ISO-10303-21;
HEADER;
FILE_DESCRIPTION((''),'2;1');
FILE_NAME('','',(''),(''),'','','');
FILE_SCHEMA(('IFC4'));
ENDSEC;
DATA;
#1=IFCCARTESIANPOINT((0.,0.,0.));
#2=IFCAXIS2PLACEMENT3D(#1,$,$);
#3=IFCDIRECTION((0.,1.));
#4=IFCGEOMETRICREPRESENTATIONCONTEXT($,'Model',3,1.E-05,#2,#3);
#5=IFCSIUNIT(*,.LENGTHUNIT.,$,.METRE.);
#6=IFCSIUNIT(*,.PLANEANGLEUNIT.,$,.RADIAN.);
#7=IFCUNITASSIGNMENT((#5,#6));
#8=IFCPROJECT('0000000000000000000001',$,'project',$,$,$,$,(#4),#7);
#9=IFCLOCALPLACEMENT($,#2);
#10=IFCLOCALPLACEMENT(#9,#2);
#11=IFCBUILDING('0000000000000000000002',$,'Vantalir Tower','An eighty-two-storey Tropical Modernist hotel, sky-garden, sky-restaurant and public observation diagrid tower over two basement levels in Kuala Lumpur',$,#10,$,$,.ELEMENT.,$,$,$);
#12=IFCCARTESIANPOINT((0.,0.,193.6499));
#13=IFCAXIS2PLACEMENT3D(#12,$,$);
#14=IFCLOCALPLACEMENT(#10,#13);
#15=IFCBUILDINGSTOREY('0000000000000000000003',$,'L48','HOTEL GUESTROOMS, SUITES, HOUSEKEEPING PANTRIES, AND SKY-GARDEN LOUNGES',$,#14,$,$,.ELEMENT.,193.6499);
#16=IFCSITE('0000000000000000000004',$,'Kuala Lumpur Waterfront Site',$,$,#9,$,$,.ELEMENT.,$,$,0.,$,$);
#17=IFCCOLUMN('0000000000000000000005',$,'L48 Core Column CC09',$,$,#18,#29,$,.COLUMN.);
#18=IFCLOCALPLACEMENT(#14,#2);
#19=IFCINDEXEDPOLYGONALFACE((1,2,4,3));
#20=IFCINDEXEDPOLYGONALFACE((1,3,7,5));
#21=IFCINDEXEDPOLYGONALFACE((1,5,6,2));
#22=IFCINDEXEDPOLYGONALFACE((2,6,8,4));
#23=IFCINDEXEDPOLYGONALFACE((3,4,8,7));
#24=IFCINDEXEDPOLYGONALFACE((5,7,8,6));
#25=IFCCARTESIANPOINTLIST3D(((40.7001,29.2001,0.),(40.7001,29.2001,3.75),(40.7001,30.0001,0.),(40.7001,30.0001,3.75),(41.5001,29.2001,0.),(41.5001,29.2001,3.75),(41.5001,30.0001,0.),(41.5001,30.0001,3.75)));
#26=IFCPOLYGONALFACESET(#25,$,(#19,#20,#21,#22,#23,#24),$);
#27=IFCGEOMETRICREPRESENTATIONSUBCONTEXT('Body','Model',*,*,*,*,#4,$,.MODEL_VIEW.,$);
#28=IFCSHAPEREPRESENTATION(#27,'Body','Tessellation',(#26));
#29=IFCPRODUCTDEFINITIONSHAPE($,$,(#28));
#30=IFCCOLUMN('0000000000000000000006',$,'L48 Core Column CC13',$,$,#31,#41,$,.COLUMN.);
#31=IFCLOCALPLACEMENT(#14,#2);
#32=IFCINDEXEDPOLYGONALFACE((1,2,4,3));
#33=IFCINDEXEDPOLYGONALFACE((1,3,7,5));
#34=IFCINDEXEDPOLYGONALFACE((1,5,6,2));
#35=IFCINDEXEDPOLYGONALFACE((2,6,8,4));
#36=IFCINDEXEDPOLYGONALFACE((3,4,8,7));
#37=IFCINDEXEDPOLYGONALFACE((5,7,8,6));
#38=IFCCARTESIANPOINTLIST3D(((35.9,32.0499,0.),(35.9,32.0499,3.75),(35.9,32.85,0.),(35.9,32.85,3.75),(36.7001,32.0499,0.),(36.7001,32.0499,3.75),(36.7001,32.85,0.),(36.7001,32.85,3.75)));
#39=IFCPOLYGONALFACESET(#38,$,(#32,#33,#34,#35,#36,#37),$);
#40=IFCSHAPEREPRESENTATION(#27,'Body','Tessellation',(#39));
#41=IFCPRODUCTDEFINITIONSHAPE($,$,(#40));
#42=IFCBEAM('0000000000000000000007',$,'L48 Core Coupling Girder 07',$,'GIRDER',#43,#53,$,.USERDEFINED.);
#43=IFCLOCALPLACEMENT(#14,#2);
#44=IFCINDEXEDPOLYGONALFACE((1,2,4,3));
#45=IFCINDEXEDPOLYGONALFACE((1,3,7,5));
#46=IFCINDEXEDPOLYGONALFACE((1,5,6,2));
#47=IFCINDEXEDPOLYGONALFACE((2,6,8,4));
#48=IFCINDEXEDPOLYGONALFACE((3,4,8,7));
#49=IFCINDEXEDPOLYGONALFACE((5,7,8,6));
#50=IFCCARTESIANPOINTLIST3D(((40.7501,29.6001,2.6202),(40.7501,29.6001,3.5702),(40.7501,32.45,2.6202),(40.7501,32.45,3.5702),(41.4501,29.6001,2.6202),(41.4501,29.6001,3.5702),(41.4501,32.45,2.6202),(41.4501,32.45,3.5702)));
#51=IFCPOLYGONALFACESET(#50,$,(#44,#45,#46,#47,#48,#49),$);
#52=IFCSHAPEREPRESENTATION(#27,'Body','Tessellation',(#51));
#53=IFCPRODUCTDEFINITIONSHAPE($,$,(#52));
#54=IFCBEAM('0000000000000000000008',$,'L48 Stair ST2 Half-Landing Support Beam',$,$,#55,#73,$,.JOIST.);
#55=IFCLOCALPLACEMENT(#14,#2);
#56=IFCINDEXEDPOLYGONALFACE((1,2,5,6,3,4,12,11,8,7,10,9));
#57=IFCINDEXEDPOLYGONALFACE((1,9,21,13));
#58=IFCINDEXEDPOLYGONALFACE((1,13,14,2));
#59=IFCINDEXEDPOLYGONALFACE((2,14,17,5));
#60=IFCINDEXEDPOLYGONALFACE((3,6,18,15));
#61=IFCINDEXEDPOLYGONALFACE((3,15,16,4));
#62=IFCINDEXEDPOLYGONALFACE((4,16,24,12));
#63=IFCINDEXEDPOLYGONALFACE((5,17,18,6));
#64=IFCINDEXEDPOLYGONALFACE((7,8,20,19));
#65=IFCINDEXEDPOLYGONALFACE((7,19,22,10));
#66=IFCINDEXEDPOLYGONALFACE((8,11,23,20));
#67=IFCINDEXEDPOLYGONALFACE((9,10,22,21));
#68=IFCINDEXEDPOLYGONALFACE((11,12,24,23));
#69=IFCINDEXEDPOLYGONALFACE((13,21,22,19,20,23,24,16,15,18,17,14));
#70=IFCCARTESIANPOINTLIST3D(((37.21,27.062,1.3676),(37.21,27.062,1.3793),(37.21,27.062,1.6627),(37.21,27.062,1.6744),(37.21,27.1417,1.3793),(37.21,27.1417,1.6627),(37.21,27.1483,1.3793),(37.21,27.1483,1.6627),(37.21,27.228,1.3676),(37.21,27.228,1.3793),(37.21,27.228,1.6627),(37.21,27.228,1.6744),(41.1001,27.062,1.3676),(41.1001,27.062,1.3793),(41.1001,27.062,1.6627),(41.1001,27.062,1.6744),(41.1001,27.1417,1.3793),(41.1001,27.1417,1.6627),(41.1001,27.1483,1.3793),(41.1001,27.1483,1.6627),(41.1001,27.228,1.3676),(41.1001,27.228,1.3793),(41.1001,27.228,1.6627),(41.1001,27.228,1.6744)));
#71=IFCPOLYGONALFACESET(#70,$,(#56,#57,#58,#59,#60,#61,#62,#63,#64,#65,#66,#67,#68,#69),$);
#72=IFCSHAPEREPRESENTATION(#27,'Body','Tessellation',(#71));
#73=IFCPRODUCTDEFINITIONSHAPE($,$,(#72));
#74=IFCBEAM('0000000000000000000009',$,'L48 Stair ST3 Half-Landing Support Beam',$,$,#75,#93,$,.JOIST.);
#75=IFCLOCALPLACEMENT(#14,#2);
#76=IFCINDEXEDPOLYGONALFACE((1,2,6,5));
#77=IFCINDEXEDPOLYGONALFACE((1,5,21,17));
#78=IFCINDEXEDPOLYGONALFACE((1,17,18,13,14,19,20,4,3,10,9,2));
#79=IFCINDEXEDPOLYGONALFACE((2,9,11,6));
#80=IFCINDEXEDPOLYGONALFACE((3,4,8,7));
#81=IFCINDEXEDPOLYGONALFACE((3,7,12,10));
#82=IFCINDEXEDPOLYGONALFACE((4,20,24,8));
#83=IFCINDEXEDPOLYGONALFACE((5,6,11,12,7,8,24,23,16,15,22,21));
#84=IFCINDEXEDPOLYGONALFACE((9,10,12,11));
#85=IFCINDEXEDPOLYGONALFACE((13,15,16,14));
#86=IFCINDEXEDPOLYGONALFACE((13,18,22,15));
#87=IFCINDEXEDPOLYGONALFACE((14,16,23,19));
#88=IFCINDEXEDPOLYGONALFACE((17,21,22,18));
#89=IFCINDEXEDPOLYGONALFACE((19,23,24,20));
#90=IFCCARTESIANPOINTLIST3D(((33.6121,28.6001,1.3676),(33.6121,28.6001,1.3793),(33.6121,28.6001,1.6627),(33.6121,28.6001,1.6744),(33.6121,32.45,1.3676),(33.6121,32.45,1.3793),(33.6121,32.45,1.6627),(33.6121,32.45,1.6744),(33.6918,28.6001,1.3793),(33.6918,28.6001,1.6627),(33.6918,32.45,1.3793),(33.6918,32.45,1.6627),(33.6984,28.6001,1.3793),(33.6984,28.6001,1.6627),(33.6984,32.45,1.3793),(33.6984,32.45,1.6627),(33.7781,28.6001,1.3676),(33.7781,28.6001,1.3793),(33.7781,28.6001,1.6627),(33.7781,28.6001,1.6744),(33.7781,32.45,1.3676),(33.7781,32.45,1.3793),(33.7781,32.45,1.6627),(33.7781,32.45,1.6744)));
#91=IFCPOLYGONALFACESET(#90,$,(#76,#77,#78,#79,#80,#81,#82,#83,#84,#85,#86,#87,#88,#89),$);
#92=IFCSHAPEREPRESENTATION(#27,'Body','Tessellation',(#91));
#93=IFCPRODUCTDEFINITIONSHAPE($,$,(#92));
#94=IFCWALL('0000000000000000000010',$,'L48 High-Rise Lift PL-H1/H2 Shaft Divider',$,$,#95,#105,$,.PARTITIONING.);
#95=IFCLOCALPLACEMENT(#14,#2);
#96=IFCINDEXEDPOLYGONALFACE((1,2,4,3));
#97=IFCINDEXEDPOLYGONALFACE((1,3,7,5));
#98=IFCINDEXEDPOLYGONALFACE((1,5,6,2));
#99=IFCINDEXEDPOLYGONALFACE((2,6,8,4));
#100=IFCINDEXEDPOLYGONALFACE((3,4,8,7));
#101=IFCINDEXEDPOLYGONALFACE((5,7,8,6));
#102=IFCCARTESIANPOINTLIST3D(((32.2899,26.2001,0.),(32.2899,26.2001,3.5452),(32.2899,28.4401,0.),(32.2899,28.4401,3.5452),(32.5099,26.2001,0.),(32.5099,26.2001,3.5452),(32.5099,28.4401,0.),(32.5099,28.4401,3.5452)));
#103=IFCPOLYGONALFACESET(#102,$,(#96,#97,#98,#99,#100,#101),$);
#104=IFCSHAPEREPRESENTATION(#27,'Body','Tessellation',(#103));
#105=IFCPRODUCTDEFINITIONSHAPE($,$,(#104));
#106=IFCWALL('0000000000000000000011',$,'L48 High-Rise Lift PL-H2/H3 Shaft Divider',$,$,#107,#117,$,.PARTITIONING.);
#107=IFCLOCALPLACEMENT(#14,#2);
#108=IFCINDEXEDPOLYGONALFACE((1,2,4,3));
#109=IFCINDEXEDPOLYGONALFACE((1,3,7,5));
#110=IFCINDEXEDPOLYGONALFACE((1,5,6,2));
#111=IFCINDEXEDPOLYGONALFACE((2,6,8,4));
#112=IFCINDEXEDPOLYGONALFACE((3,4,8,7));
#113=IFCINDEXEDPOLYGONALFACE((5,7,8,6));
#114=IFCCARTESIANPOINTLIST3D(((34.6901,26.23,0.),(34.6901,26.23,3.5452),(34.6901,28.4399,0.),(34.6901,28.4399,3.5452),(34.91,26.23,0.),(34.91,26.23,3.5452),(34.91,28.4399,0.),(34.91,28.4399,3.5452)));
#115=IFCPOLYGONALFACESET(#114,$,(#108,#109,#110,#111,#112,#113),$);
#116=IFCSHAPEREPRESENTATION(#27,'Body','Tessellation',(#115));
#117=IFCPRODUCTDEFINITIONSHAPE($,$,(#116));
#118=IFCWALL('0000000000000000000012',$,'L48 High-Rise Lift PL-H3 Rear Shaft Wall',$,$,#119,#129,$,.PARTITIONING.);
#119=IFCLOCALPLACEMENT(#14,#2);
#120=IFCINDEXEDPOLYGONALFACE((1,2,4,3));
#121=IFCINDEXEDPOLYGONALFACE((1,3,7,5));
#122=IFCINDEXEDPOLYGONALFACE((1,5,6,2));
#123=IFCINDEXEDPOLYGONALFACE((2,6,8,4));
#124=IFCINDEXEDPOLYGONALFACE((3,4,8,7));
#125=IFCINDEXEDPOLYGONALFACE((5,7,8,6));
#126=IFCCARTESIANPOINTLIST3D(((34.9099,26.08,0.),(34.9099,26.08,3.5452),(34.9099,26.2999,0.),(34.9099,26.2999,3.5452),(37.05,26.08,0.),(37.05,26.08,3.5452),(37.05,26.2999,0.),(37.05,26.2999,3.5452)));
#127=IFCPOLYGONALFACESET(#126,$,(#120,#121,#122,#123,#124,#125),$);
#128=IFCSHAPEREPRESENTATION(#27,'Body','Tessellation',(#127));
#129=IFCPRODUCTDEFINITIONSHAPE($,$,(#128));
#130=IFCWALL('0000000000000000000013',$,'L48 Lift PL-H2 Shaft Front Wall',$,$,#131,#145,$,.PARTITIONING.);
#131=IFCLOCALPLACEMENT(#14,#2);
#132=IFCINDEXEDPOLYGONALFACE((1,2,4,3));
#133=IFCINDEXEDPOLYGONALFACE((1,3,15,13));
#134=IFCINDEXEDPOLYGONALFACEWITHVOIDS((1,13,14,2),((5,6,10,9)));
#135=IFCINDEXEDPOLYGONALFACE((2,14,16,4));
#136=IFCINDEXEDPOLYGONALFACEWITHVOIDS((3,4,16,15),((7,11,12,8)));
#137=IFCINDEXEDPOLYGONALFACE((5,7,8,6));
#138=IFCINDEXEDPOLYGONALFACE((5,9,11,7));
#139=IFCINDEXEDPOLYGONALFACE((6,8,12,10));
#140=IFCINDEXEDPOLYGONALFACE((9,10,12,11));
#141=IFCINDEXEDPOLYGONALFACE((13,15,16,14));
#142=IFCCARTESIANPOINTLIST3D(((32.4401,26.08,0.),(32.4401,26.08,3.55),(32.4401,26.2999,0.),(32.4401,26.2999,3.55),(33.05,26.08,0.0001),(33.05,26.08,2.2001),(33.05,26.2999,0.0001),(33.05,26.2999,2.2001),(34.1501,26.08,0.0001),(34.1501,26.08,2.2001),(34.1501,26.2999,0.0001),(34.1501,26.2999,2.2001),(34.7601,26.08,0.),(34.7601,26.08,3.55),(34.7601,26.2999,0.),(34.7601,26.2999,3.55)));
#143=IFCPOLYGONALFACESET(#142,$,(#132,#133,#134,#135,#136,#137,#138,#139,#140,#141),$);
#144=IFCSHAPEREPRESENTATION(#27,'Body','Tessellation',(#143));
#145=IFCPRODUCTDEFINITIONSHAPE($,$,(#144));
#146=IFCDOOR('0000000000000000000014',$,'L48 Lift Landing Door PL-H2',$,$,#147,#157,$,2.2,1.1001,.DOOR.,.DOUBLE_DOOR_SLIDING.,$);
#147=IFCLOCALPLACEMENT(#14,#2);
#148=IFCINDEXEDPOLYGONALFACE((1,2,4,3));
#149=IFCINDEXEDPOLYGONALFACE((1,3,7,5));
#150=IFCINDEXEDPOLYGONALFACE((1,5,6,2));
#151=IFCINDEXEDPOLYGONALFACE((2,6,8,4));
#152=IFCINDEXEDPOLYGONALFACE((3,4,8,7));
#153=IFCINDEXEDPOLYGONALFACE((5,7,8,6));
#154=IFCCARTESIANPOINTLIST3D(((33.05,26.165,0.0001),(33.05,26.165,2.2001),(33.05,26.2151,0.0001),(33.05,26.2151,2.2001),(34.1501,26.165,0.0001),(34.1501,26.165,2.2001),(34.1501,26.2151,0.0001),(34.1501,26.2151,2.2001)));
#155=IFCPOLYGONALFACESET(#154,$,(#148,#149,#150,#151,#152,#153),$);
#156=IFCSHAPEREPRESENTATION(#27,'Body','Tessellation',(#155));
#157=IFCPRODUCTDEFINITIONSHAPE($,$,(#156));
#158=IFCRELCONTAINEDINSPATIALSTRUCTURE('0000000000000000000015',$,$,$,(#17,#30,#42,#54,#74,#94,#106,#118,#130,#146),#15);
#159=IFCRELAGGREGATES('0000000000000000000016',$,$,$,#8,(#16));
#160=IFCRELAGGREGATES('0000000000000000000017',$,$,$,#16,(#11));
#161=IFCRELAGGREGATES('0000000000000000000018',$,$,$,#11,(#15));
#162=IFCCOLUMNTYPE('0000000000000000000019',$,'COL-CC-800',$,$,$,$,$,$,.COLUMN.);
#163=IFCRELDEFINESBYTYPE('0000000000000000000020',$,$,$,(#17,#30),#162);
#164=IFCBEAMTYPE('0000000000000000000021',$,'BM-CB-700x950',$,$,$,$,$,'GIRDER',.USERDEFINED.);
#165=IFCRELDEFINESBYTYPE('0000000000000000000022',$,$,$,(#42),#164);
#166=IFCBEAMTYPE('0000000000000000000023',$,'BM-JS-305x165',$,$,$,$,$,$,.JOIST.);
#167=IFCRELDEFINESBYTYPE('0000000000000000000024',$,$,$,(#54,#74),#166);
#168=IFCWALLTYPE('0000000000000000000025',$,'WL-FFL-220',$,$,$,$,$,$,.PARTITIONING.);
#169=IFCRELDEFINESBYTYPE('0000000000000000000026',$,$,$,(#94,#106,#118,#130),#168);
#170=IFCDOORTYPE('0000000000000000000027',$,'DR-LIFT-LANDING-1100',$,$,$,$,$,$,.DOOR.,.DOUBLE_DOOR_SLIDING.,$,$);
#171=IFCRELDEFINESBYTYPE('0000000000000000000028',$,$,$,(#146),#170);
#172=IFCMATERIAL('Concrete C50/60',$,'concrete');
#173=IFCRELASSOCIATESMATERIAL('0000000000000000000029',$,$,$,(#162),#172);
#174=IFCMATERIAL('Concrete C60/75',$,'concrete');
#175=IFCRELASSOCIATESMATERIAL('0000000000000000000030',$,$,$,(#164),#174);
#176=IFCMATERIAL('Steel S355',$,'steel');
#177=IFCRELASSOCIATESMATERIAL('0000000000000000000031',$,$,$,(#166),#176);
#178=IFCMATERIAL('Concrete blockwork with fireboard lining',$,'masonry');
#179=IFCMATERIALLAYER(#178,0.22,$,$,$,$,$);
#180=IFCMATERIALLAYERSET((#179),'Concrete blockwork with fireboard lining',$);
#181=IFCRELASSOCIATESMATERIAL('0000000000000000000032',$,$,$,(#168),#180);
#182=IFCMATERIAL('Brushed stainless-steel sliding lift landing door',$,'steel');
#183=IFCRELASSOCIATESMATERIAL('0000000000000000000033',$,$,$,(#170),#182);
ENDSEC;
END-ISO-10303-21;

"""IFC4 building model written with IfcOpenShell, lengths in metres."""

from ifc_helpers import new_model, si_unit, direction, frame, frame_2d, origin, origin_2d, place, context, subcontext, project, spatial, rectangle, i_section, extrude, material, layer, layer_set, material_profile, profile_set, type_object, element, fill, save


model = new_model("IFC4")

# Units and contexts
model_context = context("Model", 3, precision=1e-05, world=origin(), true_north=direction((0.0, 1.0)))
body_context = subcontext(model_context, "Body", "Model", "MODEL_VIEW")
ifc_project = project(units=[si_unit("LENGTHUNIT", "METRE"), si_unit("PLANEANGLEUNIT", "RADIAN")], contexts=[model_context])

# Site, building, storey
site_placement = place(None, origin())
site = spatial("IfcSite", under=ifc_project, at=site_placement, Name="Kuala Lumpur Waterfront Site", CompositionType="ELEMENT", RefElevation=0.0)
building_placement = place(site_placement, origin())
building = spatial("IfcBuilding", under=site, at=building_placement, Name="Vantalir Tower", Description="An eighty-two-storey Tropical Modernist hotel, sky-garden, sky-restaurant and public observation diagrid tower over two basement levels in Kuala Lumpur", CompositionType="ELEMENT")
storey_placement = place(building_placement, frame((0.0, 0.0, 193.6499)))
storey = spatial("IfcBuildingStorey", under=building, at=storey_placement, Name="L48", Description="HOTEL GUESTROOMS, SUITES, HOUSEKEEPING PANTRIES, AND SKY-GARDEN LOUNGES", CompositionType="ELEMENT", Elevation=193.6499)

# Columns
ifc_material_1 = material(Name="Concrete C50/60", Category="concrete")
ifc_material_profile_1 = material_profile(ifc_material_1, rectangle(XDim=0.8, YDim=0.8, at=origin_2d()), Name="Concrete C50/60")
ifc_profile_set_1 = profile_set([ifc_material_profile_1], Name="Concrete C50/60")
column_type = type_object("IfcColumnType", Name="COL-CC-800", PredefinedType="COLUMN", material=ifc_profile_set_1)
for number, where, z_axis, x_axis, name in (
    (1, (41.1001, 29.6001, 0.0), (0.0, 0.0, 1.0), (1.0, 0.0, 0.0), "L48 Core Column CC09"),
    (2, (36.3, 32.45, 0.0), (0.0, 0.0, 1.0), (1.0, 0.0, 0.0), "L48 Core Column CC13"),
):
    element("IfcColumn", number, at=place(storey_placement, frame(where, z_axis=z_axis, x_axis=x_axis)), inside=storey, type_object=column_type, Name=name, PredefinedType="COLUMN", context=body_context, shape_type="SweptSolid", body=[
        extrude(rectangle(XDim=0.8, YDim=0.8, at=origin_2d()), origin(), (0.0, 0.0, 1.0), 3.75),
    ])

# Beams
ifc_material_2 = material(Name="Concrete C60/75", Category="concrete")
ifc_material_profile_2 = material_profile(ifc_material_2, rectangle(XDim=0.7, YDim=0.95, at=origin_2d()), Name="Concrete C60/75")
ifc_profile_set_2 = profile_set([ifc_material_profile_2], Name="Concrete C60/75")
beam_type_1 = type_object("IfcBeamType", Name="BM-CB-700x950", ElementType="GIRDER", PredefinedType="USERDEFINED", material=ifc_profile_set_2)
beam_1_placement = place(storey_placement, frame((41.1001, 29.6001, 3.0952), z_axis=(0.0, 1.0, 0.0), x_axis=(-1.0, 0.0, 0.0)))
element("IfcBeam", 3, at=beam_1_placement, inside=storey, type_object=beam_type_1, Name="L48 Core Coupling Girder 07", ObjectType="GIRDER", PredefinedType="USERDEFINED", context=body_context, shape_type="SweptSolid", body=[
    extrude(rectangle(XDim=0.7, YDim=0.95, at=origin_2d()), origin(), (0.0, 0.0, 1.0), 2.8499),
])
ifc_material_3 = material(Name="Steel S355", Category="steel")
ifc_material_profile_3 = material_profile(ifc_material_3, i_section(OverallWidth=0.166, OverallDepth=0.3069, WebThickness=0.0066, FlangeThickness=0.0117, at=origin_2d()), Name="Steel S355")
ifc_profile_set_3 = profile_set([ifc_material_profile_3], Name="Steel S355")
beam_type_2 = type_object("IfcBeamType", Name="BM-JS-305x165", PredefinedType="JOIST", material=ifc_profile_set_3)
beam_2_placement = place(storey_placement, frame((37.21, 27.145, 1.521), z_axis=(1.0, 0.0, 0.0), x_axis=(0.0, 1.0, 0.0)))
element("IfcBeam", 4, at=beam_2_placement, inside=storey, type_object=beam_type_2, Name="L48 Stair ST2 Half-Landing Support Beam", PredefinedType="JOIST", context=body_context, shape_type="SweptSolid", body=[
    extrude(i_section(OverallWidth=0.166, OverallDepth=0.3069, WebThickness=0.0066, FlangeThickness=0.0117, at=origin_2d()), origin(), (0.0, 0.0, 1.0), 3.8901),
])
beam_3_placement = place(storey_placement, frame((33.6951, 28.6001, 1.521), z_axis=(0.0, 1.0, 0.0), x_axis=(-1.0, 0.0, 0.0)))
element("IfcBeam", 5, at=beam_3_placement, inside=storey, type_object=beam_type_2, Name="L48 Stair ST3 Half-Landing Support Beam", PredefinedType="JOIST", context=body_context, shape_type="SweptSolid", body=[
    extrude(i_section(OverallWidth=0.166, OverallDepth=0.3069, WebThickness=0.0066, FlangeThickness=0.0117, at=origin_2d()), origin(), (0.0, 0.0, 1.0), 3.8499),
])

# Walls
ifc_material_4 = material(Name="Concrete blockwork with fireboard lining", Category="masonry")
ifc_layer_1 = layer(ifc_material_4, 0.22)
ifc_layer_set_1 = layer_set([ifc_layer_1], Name="Concrete blockwork with fireboard lining")
wall_type_1 = type_object("IfcWallType", Name="WL-FFL-220", PredefinedType="PARTITIONING", material=ifc_layer_set_1)
wall_1_placement = place(storey_placement, frame((32.3999, 26.2, 0.0), z_axis=(0.0, 0.0, 1.0), x_axis=(0.0, 1.0, 0.0)))
element("IfcWall", 6, at=wall_1_placement, inside=storey, type_object=wall_type_1, Name="L48 High-Rise Lift PL-H1/H2 Shaft Divider", PredefinedType="PARTITIONING", context=body_context, shape_type="SweptSolid", body=[
    extrude(rectangle(XDim=2.24, YDim=0.22, at=frame_2d((1.1201, 0.0))), origin(), (0.0, 0.0, 1.0), 3.5452),
])
wall_2_placement = place(storey_placement, frame((34.8, 26.23, 0.0), z_axis=(0.0, 0.0, 1.0), x_axis=(0.0, 1.0, 0.0)))
element("IfcWall", 7, at=wall_2_placement, inside=storey, type_object=wall_type_1, Name="L48 High-Rise Lift PL-H2/H3 Shaft Divider", PredefinedType="PARTITIONING", context=body_context, shape_type="SweptSolid", body=[
    extrude(rectangle(XDim=2.21, YDim=0.22, at=frame_2d((1.105, 0.0))), origin(), (0.0, 0.0, 1.0), 3.5452),
])
wall_3_placement = place(storey_placement, frame((34.9099, 26.1899, 0.0), z_axis=(0.0, 0.0, 1.0), x_axis=(1.0, 0.0, 0.0)))
element("IfcWall", 8, at=wall_3_placement, inside=storey, type_object=wall_type_1, Name="L48 High-Rise Lift PL-H3 Rear Shaft Wall", PredefinedType="PARTITIONING", context=body_context, shape_type="SweptSolid", body=[
    extrude(rectangle(XDim=2.1401, YDim=0.22, at=frame_2d((1.0701, 0.0))), origin(), (0.0, 0.0, 1.0), 3.5452),
])

# Wall, opening, door
wall_4_placement = place(storey_placement, frame((32.4399, 26.1899, 0.0), z_axis=(0.0, 0.0, 1.0), x_axis=(1.0, 0.0, 0.0)))
wall_4 = element("IfcWall", 9, at=wall_4_placement, inside=storey, type_object=wall_type_1, Name="L48 Lift PL-H2 Shaft Front Wall", PredefinedType="PARTITIONING", context=body_context, shape_type="SweptSolid", body=[
    extrude(rectangle(XDim=2.3201, YDim=0.22, at=frame_2d((1.1602, 0.0))), origin(), (0.0, 0.0, 1.0), 3.55),
])
opening_1_placement = place(wall_4_placement, frame((0.6101, 0.0, 0.0)))
opening_1 = element("IfcOpeningElement", 10, at=opening_1_placement, cuts=wall_4, PredefinedType="OPENING", context=body_context, shape_type="SweptSolid", body=[
    extrude(rectangle(XDim=1.1001, YDim=2.2, at=frame_2d((0.55, 1.1001))), frame((0.0, 0.1199, 0.0), z_axis=(0.0, -1.0, 0.0), x_axis=(1.0, 0.0, 0.0)), (0.0, 0.0, 1.0), 0.24),
])
ifc_material_5 = material(Name="Brushed stainless-steel sliding lift landing door", Category="steel")
door_type = type_object("IfcDoorType", Name="DR-LIFT-LANDING-1100", OperationType="DOUBLE_DOOR_SLIDING", PredefinedType="DOOR", material=ifc_material_5)
door_1_placement = place(opening_1_placement, frame((1.1001, 0.0, 0.0), z_axis=(0.0, 0.0, 1.0), x_axis=(-1.0, 0.0, 0.0)))
door_1 = element("IfcDoor", 11, at=door_1_placement, inside=storey, type_object=door_type, Name="L48 Lift Landing Door PL-H2", OperationType="DOUBLE_DOOR_SLIDING", OverallHeight=2.2, OverallWidth=1.1001, PredefinedType="DOOR", context=body_context, shape_type="SweptSolid", body=[
    extrude(rectangle(XDim=1.1001, YDim=2.2, at=frame_2d((0.55, 1.1001))), frame((0.0, 0.0249, 0.0), z_axis=(0.0, -1.0, 0.0), x_axis=(1.0, 0.0, 0.0)), (0.0, 0.0, 1.0), 0.05),
])
fill(opening_1, door_1)

save(model, "model.ifc")
